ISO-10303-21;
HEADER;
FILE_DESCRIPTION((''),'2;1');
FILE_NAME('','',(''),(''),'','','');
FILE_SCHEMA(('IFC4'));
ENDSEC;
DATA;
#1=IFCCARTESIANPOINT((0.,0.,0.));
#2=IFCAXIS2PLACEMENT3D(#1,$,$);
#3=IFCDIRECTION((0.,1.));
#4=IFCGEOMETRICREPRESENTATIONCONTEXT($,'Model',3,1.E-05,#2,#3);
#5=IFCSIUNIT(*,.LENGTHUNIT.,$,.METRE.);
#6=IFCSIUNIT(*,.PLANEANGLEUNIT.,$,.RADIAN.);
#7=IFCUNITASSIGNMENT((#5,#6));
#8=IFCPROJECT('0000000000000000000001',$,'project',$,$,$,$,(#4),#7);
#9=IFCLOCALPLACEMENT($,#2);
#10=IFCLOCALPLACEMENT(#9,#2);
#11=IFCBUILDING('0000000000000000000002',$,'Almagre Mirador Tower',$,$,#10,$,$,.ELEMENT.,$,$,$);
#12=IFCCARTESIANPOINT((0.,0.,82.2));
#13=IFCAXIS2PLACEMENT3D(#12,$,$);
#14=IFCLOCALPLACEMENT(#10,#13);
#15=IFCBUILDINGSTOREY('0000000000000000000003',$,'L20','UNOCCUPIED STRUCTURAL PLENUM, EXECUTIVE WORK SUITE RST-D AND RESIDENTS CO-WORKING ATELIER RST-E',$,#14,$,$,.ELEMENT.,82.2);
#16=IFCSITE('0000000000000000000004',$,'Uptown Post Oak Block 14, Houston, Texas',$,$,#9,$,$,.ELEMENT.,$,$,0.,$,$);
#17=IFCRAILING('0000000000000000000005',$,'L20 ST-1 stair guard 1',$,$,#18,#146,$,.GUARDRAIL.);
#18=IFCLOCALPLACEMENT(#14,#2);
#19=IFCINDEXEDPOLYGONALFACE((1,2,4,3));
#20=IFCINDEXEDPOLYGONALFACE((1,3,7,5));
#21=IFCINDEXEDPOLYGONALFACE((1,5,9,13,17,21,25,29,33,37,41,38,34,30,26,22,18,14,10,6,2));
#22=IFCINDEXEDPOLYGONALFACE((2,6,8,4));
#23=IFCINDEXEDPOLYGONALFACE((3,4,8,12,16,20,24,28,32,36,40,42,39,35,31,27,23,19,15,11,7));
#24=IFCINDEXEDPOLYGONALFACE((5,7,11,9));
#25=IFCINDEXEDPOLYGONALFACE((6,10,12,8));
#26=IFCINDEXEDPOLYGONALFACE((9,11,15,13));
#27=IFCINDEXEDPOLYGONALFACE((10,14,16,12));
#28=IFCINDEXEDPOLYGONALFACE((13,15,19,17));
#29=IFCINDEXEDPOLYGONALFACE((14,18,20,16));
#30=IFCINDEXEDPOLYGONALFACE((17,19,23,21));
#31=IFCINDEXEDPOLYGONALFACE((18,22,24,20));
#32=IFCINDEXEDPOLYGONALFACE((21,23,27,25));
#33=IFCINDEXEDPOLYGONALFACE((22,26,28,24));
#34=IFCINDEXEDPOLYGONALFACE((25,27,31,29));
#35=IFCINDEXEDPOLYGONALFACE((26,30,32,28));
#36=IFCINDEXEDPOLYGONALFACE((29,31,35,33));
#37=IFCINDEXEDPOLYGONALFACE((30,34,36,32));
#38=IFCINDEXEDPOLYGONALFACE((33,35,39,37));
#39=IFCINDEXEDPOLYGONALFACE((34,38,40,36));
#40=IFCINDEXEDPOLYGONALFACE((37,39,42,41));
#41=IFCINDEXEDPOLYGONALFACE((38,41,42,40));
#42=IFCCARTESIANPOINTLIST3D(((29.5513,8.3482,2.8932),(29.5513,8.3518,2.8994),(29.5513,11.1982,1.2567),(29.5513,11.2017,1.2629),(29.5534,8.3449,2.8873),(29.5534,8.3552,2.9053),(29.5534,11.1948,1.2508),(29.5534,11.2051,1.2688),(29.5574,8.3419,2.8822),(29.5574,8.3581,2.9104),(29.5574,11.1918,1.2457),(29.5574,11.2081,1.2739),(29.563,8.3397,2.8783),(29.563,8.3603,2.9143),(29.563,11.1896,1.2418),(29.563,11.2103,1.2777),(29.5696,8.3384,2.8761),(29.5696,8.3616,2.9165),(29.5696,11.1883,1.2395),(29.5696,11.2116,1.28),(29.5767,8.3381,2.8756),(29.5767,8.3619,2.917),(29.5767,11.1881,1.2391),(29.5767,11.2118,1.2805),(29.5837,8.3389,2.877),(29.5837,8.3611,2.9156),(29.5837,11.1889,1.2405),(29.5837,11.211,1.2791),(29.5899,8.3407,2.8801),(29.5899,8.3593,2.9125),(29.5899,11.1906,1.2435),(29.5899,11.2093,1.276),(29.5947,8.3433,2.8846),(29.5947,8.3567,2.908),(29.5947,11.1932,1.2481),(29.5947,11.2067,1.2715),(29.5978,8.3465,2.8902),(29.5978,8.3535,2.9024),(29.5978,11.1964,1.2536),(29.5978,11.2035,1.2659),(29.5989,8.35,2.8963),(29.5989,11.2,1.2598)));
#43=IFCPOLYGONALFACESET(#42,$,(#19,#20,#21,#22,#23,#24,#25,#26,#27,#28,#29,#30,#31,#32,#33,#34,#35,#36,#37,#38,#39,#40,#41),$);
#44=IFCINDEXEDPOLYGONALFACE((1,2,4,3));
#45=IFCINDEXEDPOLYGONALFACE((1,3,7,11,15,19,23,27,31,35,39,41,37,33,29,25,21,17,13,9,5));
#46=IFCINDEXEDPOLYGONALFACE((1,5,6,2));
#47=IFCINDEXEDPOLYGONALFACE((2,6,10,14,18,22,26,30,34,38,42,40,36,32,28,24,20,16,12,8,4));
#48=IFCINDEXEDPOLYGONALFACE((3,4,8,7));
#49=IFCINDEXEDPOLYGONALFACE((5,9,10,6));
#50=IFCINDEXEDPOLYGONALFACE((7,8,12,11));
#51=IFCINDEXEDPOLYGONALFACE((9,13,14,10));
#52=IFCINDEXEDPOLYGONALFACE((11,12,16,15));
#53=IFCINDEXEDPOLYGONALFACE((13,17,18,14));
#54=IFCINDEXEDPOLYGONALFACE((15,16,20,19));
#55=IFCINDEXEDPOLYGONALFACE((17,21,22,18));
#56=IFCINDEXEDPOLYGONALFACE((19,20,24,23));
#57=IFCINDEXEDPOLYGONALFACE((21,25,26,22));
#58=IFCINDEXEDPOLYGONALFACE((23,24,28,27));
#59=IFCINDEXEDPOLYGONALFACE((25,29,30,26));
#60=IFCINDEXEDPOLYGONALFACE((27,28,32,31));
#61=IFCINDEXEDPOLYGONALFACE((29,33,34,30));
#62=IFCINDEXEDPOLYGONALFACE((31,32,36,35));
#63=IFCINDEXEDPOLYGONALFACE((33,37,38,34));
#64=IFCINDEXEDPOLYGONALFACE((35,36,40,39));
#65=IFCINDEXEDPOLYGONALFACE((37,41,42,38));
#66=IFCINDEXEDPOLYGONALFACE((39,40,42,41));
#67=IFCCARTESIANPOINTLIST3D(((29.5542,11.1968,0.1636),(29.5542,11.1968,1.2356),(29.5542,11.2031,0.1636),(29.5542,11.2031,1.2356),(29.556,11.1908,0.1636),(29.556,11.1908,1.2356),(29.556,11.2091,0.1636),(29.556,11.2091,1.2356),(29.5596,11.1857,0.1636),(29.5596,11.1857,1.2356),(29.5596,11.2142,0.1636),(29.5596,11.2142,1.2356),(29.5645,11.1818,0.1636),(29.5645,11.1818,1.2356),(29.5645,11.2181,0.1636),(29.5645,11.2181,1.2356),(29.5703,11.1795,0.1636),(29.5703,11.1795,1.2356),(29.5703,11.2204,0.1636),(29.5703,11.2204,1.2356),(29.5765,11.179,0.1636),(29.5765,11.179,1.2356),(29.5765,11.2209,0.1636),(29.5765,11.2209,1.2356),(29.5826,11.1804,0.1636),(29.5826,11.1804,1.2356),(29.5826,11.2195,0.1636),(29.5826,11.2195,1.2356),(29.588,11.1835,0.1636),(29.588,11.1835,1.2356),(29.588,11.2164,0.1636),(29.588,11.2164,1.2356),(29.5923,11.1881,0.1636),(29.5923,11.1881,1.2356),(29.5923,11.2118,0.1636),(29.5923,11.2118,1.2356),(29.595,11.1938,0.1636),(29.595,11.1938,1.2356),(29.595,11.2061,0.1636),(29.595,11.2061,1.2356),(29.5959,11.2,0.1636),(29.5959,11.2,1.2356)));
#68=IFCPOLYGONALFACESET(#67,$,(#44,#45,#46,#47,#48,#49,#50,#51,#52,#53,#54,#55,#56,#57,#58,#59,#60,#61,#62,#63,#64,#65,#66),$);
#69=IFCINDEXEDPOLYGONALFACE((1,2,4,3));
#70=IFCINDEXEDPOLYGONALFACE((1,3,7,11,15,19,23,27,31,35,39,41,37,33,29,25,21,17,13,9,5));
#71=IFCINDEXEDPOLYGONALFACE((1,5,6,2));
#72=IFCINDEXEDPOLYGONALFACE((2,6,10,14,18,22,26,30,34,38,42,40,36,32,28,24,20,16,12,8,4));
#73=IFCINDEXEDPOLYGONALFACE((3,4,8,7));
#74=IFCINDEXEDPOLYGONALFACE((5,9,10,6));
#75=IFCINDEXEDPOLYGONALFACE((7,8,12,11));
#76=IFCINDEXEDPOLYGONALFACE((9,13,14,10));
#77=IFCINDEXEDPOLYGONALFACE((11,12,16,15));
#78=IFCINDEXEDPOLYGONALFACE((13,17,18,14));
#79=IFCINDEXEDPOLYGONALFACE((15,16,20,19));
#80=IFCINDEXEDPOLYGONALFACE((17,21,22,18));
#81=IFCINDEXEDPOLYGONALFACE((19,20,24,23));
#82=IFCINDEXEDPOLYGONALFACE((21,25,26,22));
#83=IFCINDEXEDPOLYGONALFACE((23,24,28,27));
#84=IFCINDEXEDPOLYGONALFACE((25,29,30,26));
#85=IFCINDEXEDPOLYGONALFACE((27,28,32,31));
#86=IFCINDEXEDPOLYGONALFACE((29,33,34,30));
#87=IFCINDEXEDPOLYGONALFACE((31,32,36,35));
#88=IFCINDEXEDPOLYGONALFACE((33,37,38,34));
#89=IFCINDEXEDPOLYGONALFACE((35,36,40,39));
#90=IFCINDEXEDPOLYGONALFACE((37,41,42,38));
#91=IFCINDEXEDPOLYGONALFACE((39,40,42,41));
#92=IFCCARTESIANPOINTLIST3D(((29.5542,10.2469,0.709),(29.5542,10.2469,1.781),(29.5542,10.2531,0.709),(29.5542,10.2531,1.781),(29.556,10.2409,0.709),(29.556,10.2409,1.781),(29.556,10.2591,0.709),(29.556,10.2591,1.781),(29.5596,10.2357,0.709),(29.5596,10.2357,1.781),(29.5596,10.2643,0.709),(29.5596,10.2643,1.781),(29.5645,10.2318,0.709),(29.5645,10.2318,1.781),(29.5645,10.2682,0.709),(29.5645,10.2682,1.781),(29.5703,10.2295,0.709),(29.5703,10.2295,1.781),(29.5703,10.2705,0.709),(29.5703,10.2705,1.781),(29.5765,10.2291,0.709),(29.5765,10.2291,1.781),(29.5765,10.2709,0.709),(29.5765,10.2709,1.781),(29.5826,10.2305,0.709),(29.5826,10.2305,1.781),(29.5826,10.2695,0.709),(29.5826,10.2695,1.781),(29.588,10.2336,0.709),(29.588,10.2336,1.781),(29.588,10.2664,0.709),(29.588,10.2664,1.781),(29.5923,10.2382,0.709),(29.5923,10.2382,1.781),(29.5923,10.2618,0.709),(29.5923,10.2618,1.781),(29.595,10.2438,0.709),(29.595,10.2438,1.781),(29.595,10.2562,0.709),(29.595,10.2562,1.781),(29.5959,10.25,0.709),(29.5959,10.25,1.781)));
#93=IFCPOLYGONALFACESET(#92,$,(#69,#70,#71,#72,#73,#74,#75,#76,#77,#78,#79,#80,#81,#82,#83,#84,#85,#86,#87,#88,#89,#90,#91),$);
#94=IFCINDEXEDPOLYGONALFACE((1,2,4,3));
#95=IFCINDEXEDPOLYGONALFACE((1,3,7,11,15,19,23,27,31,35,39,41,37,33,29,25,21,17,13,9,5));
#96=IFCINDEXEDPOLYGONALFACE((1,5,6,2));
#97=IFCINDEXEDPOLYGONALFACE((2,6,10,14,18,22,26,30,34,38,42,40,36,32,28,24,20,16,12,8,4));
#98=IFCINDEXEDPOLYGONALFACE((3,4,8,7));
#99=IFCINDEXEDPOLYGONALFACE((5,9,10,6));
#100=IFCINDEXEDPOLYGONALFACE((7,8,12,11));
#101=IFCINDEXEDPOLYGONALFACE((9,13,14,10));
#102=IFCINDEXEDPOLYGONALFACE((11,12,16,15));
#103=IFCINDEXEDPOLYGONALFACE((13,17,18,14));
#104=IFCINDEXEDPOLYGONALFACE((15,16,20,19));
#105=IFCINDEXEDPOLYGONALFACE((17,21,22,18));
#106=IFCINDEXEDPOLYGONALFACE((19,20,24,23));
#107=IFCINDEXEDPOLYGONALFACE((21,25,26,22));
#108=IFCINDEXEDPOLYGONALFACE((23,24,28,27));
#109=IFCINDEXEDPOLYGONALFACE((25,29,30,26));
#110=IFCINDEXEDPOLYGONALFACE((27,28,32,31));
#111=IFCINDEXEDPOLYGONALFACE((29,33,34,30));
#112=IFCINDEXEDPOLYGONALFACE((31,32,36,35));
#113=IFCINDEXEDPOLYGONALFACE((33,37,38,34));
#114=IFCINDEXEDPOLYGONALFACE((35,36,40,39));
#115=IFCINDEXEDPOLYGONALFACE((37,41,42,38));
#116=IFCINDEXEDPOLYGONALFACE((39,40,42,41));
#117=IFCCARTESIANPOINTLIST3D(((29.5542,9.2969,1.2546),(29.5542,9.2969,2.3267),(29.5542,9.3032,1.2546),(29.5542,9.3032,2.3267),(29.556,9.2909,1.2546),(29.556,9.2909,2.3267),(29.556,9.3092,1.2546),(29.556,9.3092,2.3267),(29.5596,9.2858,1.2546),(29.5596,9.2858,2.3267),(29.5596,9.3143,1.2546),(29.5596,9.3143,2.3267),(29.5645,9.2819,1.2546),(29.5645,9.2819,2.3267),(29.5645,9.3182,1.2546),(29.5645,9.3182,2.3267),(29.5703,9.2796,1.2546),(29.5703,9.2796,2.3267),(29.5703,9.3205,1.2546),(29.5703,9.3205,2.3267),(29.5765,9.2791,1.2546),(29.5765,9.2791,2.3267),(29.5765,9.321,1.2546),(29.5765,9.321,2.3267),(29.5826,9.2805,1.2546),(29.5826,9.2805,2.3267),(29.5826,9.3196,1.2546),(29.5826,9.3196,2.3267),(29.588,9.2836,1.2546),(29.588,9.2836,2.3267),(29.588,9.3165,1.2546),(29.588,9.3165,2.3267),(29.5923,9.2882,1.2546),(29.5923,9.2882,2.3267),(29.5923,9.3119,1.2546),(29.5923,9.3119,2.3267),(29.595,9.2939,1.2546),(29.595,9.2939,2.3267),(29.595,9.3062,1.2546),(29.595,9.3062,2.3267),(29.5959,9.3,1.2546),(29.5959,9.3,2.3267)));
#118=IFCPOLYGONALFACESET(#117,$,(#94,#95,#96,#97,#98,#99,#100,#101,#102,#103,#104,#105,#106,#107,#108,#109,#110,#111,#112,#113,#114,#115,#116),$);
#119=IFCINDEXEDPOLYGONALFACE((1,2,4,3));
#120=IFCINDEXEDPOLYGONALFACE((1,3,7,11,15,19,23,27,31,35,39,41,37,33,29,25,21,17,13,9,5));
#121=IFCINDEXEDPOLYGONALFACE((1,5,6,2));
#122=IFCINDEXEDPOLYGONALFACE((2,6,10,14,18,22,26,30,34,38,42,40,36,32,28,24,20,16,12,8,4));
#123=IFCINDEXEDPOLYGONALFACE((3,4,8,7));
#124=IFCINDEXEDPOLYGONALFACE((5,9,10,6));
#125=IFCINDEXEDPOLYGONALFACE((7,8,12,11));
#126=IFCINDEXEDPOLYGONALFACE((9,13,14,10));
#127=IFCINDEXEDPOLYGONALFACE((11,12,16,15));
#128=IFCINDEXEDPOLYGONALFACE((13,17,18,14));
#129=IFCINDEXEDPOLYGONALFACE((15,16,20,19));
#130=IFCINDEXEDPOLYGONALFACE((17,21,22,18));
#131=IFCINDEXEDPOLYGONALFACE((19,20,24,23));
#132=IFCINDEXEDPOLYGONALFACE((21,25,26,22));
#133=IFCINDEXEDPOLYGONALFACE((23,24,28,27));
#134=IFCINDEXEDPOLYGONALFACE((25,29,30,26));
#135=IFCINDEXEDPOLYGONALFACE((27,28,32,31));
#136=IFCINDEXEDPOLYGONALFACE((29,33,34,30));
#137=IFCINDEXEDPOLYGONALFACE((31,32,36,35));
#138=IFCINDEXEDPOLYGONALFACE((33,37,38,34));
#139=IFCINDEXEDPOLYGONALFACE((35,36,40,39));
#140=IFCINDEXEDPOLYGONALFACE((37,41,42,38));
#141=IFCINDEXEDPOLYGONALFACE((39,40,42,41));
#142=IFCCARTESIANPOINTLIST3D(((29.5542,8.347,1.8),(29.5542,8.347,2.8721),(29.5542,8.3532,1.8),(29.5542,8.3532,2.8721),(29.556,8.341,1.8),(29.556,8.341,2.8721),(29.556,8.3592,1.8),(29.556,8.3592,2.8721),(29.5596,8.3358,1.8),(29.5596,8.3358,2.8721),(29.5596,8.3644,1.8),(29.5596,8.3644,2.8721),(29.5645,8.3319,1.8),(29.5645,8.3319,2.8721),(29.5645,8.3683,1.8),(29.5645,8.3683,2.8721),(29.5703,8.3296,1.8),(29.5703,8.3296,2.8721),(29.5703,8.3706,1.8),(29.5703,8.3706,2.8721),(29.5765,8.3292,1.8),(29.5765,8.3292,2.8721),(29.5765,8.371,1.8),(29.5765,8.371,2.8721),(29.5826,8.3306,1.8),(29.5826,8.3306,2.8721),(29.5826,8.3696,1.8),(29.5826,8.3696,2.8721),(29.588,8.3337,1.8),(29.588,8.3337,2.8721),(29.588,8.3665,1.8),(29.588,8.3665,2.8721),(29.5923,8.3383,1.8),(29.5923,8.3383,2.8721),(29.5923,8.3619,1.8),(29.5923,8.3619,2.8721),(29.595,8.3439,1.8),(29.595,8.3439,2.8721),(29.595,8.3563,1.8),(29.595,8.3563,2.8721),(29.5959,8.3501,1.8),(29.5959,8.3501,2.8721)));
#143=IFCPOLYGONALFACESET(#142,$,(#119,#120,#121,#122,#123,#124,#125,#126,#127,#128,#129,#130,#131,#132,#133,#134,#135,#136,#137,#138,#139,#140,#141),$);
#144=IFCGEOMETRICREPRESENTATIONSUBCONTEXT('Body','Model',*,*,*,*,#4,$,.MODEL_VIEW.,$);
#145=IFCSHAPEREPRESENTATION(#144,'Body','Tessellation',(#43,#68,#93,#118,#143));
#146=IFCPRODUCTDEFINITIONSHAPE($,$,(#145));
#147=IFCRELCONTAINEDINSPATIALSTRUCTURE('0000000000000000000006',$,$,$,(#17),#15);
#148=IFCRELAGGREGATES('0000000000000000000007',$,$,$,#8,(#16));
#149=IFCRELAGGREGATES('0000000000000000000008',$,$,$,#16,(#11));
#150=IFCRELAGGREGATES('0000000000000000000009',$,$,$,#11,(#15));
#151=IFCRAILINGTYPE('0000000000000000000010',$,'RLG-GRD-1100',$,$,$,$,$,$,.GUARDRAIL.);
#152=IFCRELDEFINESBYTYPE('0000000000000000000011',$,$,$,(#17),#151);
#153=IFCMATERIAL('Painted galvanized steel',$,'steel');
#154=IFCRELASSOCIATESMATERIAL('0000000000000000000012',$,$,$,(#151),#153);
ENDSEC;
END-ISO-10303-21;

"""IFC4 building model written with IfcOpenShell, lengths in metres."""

from ifc_helpers import new_model, si_unit, direction, frame, origin, origin_2d, place, context, subcontext, project, spatial, circle, extrude, material, type_object, element, save


model = new_model("IFC4")

# Units and contexts
model_context = context("Model", 3, precision=1e-05, world=origin(), true_north=direction((0.0, 1.0)))
body_context = subcontext(model_context, "Body", "Model", "MODEL_VIEW")
ifc_project = project(units=[si_unit("LENGTHUNIT", "METRE"), si_unit("PLANEANGLEUNIT", "RADIAN")], contexts=[model_context])

# Site, building, storey
site_placement = place(None, origin())
site = spatial("IfcSite", under=ifc_project, at=site_placement, Name="Uptown Post Oak Block 14, Houston, Texas", CompositionType="ELEMENT", RefElevation=0.0)
building_placement = place(site_placement, origin())
building = spatial("IfcBuilding", under=site, at=building_placement, Name="Almagre Mirador Tower", CompositionType="ELEMENT")
storey_placement = place(building_placement, frame((0.0, 0.0, 82.2)))
storey = spatial("IfcBuildingStorey", under=building, at=storey_placement, Name="L20", Description="UNOCCUPIED STRUCTURAL PLENUM, EXECUTIVE WORK SUITE RST-D AND RESIDENTS CO-WORKING ATELIER RST-E", CompositionType="ELEMENT", Elevation=82.2)

# Railing
ifc_material_1 = material(Name="Painted galvanized steel", Category="steel")
railing_type_1 = type_object("IfcRailingType", Name="RLG-GRD-1100", PredefinedType="GUARDRAIL", material=ifc_material_1)
railing_1_placement = place(storey_placement, frame((29.575, 11.2, 0.1636)))
element("IfcRailing", 1, at=railing_1_placement, inside=storey, type_object=railing_type_1, Name="L20 ST-1 stair guard 1", PredefinedType="GUARDRAIL", context=body_context, shape_type="SweptSolid", body=[
    extrude(circle(Radius=0.0239, at=origin_2d()), frame((0.0, 0.0, 1.0962), z_axis=(0.0, -0.867194, 0.49797), x_axis=(1.0, 0.0, 0.0)), (0.0, 0.0, 1.0), 3.2864),
    extrude(circle(Radius=0.021, at=origin_2d()), origin(), (0.0, 0.0, 1.0), 1.072),
    extrude(circle(Radius=0.021, at=origin_2d()), frame((0.0, -0.95, 0.5454)), (0.0, 0.0, 1.0), 1.072),
    extrude(circle(Radius=0.021, at=origin_2d()), frame((0.0, -1.8999, 1.0911)), (0.0, 0.0, 1.0), 1.072),
    extrude(circle(Radius=0.021, at=origin_2d()), frame((0.0, -2.8499, 1.6365)), (0.0, 0.0, 1.0), 1.072),
])

save(model, "model.ifc")
